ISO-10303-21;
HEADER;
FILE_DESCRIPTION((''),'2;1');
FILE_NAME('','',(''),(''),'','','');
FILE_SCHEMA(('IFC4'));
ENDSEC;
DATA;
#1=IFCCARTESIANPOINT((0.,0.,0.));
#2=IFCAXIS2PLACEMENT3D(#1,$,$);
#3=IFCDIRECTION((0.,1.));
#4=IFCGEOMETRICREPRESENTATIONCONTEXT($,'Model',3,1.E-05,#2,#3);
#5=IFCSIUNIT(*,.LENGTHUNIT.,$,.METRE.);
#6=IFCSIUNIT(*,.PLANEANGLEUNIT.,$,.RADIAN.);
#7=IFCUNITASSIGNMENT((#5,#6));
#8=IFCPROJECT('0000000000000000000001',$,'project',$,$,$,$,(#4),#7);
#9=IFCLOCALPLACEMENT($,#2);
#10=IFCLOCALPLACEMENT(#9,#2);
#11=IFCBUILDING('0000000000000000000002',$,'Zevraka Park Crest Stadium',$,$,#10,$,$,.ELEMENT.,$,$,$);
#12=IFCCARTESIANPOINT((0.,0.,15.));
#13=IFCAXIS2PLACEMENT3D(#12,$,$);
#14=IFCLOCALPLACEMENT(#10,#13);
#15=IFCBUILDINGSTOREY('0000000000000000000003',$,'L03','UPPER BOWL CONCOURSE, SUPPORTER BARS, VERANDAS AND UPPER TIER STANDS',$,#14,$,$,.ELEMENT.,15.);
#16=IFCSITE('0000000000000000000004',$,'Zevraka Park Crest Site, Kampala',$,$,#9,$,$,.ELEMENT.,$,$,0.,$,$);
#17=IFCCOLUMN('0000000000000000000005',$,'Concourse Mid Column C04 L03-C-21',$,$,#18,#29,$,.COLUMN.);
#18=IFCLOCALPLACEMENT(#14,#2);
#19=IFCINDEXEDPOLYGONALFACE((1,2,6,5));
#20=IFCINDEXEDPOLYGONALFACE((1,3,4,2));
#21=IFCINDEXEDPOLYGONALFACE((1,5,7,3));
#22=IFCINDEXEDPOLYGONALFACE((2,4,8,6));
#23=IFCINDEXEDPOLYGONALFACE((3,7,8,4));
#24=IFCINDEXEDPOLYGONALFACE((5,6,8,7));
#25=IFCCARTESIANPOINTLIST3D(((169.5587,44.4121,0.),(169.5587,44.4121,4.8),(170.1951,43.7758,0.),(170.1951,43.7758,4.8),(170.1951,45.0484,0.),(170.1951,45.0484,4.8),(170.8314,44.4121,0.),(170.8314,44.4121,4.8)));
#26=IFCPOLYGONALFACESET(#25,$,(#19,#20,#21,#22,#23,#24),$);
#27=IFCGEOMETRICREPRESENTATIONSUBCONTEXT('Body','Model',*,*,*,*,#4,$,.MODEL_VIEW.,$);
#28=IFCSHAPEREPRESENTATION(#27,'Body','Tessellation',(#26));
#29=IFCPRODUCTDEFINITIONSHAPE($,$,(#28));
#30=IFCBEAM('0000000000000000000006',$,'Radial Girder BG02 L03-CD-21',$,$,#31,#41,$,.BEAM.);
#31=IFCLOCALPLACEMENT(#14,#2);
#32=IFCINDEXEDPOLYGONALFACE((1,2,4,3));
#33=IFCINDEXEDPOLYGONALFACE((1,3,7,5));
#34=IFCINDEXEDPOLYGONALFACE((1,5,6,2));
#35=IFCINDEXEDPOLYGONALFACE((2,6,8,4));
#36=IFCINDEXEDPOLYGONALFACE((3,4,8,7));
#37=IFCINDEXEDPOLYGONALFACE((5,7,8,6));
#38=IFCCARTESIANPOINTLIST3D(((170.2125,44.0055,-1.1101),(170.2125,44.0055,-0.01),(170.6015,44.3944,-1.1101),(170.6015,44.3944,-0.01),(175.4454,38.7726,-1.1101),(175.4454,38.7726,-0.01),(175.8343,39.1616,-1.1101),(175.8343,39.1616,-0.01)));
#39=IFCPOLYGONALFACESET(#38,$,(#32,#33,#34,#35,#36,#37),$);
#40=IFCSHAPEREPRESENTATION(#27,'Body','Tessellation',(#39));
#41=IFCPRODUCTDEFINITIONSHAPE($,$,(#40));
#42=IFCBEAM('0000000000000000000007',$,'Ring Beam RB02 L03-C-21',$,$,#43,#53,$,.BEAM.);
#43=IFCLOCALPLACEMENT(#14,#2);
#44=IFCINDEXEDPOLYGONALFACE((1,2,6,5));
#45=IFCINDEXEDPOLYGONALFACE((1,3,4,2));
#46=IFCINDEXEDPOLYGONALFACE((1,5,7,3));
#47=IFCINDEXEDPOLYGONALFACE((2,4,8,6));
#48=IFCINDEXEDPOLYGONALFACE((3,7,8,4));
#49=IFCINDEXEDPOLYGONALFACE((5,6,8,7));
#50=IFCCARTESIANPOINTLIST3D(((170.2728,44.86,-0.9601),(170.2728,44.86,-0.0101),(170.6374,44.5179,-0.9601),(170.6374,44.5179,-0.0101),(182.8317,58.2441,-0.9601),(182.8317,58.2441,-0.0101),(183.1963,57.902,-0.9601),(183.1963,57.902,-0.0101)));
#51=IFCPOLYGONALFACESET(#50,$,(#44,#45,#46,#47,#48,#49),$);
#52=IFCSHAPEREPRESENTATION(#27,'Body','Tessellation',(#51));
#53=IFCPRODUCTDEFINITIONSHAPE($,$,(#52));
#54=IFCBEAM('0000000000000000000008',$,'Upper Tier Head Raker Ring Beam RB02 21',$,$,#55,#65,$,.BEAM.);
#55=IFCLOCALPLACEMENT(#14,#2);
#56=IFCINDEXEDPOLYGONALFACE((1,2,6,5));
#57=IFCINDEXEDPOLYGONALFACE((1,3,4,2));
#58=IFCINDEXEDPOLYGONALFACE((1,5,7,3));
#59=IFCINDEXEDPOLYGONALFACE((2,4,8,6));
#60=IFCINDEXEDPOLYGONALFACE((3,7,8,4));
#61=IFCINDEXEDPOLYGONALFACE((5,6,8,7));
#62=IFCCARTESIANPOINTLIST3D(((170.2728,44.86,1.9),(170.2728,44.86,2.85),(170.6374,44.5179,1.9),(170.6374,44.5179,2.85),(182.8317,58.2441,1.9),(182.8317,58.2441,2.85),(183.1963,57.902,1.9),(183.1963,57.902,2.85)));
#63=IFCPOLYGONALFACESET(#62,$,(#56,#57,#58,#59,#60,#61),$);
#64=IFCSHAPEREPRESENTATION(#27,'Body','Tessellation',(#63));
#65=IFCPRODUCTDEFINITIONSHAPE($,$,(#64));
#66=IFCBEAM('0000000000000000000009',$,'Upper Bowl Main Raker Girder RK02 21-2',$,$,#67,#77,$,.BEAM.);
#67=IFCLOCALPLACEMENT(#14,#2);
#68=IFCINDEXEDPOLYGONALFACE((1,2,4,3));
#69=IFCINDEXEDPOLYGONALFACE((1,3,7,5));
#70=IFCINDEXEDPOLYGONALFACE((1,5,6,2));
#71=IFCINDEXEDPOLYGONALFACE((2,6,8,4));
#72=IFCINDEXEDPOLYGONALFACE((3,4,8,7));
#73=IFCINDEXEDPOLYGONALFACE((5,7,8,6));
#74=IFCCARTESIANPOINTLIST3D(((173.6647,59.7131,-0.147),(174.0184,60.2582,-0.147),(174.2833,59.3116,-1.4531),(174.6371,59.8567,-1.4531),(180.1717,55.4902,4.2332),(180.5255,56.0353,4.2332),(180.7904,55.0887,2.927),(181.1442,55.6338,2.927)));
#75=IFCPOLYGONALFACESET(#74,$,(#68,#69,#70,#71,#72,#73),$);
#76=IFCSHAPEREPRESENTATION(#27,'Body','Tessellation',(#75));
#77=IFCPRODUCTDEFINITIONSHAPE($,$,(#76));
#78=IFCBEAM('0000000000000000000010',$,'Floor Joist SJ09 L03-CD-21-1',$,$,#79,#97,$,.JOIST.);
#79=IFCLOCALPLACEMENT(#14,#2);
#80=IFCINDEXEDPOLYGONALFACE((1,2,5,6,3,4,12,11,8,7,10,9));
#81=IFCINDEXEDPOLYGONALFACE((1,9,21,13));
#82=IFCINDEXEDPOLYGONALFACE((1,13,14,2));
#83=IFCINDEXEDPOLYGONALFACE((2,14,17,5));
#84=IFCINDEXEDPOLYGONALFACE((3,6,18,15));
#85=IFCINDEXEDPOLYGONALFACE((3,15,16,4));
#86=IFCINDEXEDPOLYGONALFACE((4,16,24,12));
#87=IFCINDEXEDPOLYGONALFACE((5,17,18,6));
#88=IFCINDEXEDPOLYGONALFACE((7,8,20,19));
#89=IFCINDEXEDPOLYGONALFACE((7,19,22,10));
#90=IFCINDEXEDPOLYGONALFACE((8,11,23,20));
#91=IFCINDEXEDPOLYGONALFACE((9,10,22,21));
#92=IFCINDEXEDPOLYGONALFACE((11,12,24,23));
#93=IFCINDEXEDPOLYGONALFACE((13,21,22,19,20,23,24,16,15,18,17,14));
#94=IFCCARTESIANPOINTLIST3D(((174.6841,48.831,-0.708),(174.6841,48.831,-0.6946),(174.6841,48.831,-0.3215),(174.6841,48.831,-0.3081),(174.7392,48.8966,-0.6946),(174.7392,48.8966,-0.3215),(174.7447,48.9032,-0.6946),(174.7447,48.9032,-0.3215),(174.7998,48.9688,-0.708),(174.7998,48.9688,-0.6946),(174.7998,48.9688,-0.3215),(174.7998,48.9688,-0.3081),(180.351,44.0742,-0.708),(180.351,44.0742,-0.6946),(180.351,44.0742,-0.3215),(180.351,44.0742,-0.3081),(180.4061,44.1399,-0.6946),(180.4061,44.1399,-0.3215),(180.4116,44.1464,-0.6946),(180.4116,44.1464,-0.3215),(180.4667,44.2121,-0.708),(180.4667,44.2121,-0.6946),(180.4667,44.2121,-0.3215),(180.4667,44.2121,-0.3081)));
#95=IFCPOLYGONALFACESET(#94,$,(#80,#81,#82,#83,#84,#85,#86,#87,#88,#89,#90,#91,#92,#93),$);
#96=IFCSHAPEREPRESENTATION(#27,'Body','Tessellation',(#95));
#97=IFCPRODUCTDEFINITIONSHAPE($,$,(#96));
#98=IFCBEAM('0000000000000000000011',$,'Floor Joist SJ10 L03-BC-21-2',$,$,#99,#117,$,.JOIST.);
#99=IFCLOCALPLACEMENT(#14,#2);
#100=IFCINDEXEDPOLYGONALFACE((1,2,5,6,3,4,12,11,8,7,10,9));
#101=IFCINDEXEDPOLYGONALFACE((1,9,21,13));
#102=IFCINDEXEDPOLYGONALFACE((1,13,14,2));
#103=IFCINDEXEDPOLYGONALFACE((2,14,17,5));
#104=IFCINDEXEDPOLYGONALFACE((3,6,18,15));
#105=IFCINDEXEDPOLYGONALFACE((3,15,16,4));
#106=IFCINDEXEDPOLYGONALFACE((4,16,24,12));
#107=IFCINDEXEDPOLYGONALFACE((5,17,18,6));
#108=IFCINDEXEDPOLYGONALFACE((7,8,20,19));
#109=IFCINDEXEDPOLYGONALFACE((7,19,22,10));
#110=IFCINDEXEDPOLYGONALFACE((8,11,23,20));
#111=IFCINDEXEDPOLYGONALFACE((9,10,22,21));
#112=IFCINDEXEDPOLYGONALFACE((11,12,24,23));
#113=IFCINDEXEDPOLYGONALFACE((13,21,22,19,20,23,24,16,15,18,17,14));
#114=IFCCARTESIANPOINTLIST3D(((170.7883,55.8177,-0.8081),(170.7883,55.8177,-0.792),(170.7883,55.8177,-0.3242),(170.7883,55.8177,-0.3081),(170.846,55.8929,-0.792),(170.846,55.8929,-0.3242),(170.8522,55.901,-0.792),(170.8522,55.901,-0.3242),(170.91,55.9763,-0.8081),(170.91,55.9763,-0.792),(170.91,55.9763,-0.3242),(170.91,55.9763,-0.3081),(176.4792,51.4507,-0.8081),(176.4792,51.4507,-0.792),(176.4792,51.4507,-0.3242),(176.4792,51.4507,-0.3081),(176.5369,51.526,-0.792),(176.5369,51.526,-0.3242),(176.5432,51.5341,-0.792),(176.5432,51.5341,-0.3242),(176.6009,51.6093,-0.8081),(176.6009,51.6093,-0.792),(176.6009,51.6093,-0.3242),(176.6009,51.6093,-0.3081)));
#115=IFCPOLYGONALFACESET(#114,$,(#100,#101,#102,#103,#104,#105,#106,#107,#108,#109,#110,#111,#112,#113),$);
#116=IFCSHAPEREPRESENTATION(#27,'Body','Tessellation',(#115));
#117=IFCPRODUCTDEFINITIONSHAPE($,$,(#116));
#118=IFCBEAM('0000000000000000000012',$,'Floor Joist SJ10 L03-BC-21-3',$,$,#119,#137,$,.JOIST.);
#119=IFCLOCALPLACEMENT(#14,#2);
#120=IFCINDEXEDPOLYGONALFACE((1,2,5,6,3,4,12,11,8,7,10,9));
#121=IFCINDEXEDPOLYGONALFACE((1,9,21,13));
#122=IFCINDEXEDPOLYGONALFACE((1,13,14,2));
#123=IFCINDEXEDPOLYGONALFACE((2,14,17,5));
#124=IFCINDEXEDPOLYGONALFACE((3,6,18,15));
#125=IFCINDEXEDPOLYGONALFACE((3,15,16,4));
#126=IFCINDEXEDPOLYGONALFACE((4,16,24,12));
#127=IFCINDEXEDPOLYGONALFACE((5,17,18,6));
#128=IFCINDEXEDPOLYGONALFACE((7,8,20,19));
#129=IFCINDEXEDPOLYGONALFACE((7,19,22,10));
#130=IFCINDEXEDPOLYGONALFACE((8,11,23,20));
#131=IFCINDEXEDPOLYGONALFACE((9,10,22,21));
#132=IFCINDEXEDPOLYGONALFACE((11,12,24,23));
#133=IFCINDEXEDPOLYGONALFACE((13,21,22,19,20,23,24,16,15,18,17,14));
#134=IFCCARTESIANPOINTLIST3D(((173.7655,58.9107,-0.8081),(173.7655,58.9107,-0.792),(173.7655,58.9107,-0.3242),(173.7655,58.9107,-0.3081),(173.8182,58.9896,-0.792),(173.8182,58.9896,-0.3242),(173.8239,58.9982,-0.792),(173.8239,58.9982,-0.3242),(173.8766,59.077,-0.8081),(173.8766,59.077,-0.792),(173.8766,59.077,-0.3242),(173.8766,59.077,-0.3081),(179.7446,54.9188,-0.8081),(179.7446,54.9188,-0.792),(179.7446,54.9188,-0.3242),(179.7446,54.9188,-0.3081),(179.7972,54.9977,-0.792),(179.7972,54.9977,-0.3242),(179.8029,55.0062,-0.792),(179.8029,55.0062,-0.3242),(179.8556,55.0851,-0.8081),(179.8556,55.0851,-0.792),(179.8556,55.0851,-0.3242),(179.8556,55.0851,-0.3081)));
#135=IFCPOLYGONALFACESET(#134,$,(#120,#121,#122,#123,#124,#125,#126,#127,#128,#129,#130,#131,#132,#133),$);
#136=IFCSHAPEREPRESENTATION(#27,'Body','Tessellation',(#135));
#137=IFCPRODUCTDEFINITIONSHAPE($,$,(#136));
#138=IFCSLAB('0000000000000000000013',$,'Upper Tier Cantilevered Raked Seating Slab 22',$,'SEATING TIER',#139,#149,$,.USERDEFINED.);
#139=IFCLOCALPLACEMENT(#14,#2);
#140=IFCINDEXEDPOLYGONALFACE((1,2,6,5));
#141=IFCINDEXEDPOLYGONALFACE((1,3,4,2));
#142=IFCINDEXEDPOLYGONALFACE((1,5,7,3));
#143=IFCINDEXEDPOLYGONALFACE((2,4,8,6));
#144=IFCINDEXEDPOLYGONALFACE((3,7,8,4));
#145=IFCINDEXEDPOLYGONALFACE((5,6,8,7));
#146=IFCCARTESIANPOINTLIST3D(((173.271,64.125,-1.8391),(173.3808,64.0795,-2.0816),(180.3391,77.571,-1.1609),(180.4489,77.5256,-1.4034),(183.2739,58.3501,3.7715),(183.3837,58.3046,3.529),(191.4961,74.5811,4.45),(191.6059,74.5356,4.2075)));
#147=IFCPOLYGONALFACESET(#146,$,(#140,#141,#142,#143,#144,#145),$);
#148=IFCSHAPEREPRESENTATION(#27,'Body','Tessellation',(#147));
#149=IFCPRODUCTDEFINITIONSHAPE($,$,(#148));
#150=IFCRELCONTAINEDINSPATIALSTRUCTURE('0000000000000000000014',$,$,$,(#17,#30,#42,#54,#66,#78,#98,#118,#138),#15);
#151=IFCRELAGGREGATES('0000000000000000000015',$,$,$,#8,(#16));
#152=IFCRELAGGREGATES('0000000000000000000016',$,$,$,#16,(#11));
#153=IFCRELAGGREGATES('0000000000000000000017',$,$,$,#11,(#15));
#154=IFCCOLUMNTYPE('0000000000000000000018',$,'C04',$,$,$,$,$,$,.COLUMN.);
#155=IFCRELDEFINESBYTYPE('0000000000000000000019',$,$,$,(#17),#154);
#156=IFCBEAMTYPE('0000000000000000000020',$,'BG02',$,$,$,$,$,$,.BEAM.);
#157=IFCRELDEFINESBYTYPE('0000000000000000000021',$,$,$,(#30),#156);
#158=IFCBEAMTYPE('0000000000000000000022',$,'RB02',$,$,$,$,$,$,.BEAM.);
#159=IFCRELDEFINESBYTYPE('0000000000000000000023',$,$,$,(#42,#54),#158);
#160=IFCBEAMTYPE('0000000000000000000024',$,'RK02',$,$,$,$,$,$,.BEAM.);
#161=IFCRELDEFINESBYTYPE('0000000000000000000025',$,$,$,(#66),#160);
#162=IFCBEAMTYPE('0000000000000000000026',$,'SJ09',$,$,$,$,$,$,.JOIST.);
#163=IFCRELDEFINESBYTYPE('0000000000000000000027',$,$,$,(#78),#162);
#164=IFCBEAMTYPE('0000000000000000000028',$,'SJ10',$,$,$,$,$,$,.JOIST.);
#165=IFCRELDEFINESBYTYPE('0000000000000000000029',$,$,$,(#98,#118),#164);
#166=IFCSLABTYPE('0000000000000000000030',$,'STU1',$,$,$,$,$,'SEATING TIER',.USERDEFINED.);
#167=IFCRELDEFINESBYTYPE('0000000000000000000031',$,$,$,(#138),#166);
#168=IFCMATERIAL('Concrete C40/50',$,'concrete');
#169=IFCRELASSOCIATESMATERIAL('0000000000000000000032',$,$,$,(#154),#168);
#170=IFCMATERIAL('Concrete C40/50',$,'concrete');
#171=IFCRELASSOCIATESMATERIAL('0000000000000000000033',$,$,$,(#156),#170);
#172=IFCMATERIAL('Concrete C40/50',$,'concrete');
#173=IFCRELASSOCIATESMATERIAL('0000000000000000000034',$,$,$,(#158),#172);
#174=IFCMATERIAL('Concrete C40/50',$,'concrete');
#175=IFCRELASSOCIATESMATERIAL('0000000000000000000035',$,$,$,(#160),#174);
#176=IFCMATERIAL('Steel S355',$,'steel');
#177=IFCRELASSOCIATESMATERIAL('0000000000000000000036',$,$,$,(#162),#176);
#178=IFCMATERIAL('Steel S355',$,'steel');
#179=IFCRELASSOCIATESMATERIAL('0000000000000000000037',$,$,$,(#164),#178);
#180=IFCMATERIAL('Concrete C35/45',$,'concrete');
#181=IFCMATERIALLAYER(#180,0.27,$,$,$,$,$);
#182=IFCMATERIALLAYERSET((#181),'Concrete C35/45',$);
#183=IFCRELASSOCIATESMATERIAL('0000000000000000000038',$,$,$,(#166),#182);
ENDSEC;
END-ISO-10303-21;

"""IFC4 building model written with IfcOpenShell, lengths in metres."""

from ifc_helpers import new_model, si_unit, direction, frame, origin, origin_2d, place, context, subcontext, project, spatial, polyline, rectangle, i_section, outline, extrude, material, layer, layer_set, material_profile, profile_set, type_object, element, save


model = new_model("IFC4")

# Units and contexts
model_context = context("Model", 3, precision=1e-05, world=origin(), true_north=direction((0.0, 1.0)))
body_context = subcontext(model_context, "Body", "Model", "MODEL_VIEW")
ifc_project = project(units=[si_unit("LENGTHUNIT", "METRE"), si_unit("PLANEANGLEUNIT", "RADIAN")], contexts=[model_context])

# Site, building, storey
site_placement = place(None, origin())
site = spatial("IfcSite", under=ifc_project, at=site_placement, Name="Zevraka Park Crest Site, Kampala", CompositionType="ELEMENT", RefElevation=0.0)
building_placement = place(site_placement, origin())
building = spatial("IfcBuilding", under=site, at=building_placement, Name="Zevraka Park Crest Stadium", CompositionType="ELEMENT")
storey_placement = place(building_placement, frame((0.0, 0.0, 15.0)))
storey = spatial("IfcBuildingStorey", under=building, at=storey_placement, Name="L03", Description="UPPER BOWL CONCOURSE, SUPPORTER BARS, VERANDAS AND UPPER TIER STANDS", CompositionType="ELEMENT", Elevation=15.0)

# Column
ifc_material_1 = material(Name="Concrete C40/50", Category="concrete")
ifc_material_profile_1 = material_profile(ifc_material_1, rectangle(XDim=0.8999, YDim=0.8999, at=origin_2d()), Name="RC 900x900")
ifc_profile_set_1 = profile_set([ifc_material_profile_1], Name="Concrete C40/50")
column_type = type_object("IfcColumnType", Name="C04", PredefinedType="COLUMN", material=ifc_profile_set_1)
column_placement = place(storey_placement, frame((170.1951, 44.4121, 0.0), z_axis=(0.0, 0.0, 1.0), x_axis=(-0.707107, 0.707107, 0.0)))
element("IfcColumn", 1, at=column_placement, inside=storey, type_object=column_type, Name="Concourse Mid Column C04 L03-C-21", PredefinedType="COLUMN", context=body_context, shape_type="SweptSolid", body=[
    extrude(rectangle(XDim=0.8999, YDim=0.8999, at=origin_2d()), origin(), (0.0, 0.0, 1.0), 4.8),
])

# Beams
ifc_material_2 = material(Name="Concrete C40/50", Category="concrete")
ifc_material_profile_2 = material_profile(ifc_material_2, rectangle(XDim=0.55, YDim=1.1001, at=origin_2d()), Name="RC 1100x550")
ifc_profile_set_2 = profile_set([ifc_material_profile_2], Name="Concrete C40/50")
beam_type_1 = type_object("IfcBeamType", Name="BG02", PredefinedType="BEAM", material=ifc_profile_set_2)
beam_1_placement = place(storey_placement, frame((170.407, 44.2, -0.5601), z_axis=(0.707107, -0.707107, 0.0), x_axis=(0.707107, 0.707107, 0.0)))
element("IfcBeam", 2, at=beam_1_placement, inside=storey, type_object=beam_type_1, Name="Radial Girder BG02 L03-CD-21", PredefinedType="BEAM", context=body_context, shape_type="SweptSolid", body=[
    extrude(rectangle(XDim=0.55, YDim=1.1001, at=origin_2d()), origin(), (0.0, 0.0, 1.0), 7.4004),
])
ifc_material_3 = material(Name="Concrete C40/50", Category="concrete")
ifc_material_profile_3 = material_profile(ifc_material_3, rectangle(XDim=0.5, YDim=0.95, at=origin_2d()), Name="RC 950x500")
ifc_profile_set_3 = profile_set([ifc_material_profile_3], Name="Concrete C40/50")
beam_type_2 = type_object("IfcBeamType", Name="RB02", PredefinedType="BEAM", material=ifc_profile_set_3)
for number, where, z_axis, x_axis, name in (
    (3, (170.4551, 44.689, -0.4851), (0.684269, 0.72923, 0.0), (-0.72923, 0.684269, 0.0), "Ring Beam RB02 L03-C-21"),
    (4, (170.4551, 44.689, 2.375), (0.684269, 0.72923, 0.0), (-0.72923, 0.684269, 0.0), "Upper Tier Head Raker Ring Beam RB02 21"),
):
    element("IfcBeam", number, at=place(storey_placement, frame(where, z_axis=z_axis, x_axis=x_axis)), inside=storey, type_object=beam_type_2, Name=name, PredefinedType="BEAM", context=body_context, shape_type="SweptSolid", body=[
        extrude(rectangle(XDim=0.5, YDim=0.95, at=origin_2d()), origin(), (0.0, 0.0, 1.0), 18.3538),
    ])
ifc_material_4 = material(Name="Concrete C40/50", Category="concrete")
ifc_material_profile_4 = material_profile(ifc_material_4, rectangle(XDim=0.6499, YDim=1.5, at=origin_2d()), Name="RC 1500x650")
ifc_profile_set_4 = profile_set([ifc_material_profile_4], Name="Concrete C40/50")
beam_type_3 = type_object("IfcBeamType", Name="RK02", PredefinedType="BEAM", material=ifc_profile_set_4)
beam_2_placement = place(storey_placement, frame((174.1509, 59.7849, -0.8), z_axis=(0.730439, -0.474033, 0.491682), x_axis=(0.544381, 0.838838, 0.0)))
element("IfcBeam", 5, at=beam_2_placement, inside=storey, type_object=beam_type_3, Name="Upper Bowl Main Raker Girder RK02 21-2", PredefinedType="BEAM", context=body_context, shape_type="SweptSolid", body=[
    extrude(rectangle(XDim=0.6499, YDim=1.5, at=origin_2d()), origin(), (0.0, 0.0, 1.0), 8.9084),
])
ifc_material_5 = material(Name="Steel S355", Category="steel")
ifc_material_profile_5 = material_profile(ifc_material_5, i_section(OverallWidth=0.1799, OverallDepth=0.3999, WebThickness=0.0085, FlangeThickness=0.0134, at=origin_2d()), Name="IPE 400")
ifc_profile_set_5 = profile_set([ifc_material_profile_5], Name="Steel S355")
beam_type_4 = type_object("IfcBeamType", Name="SJ09", PredefinedType="JOIST", material=ifc_profile_set_5)
beam_3_placement = place(storey_placement, frame((174.7419, 48.8999, -0.5081), z_axis=(0.765934, -0.64292, 0.0), x_axis=(0.64292, 0.765934, 0.0)))
element("IfcBeam", 6, at=beam_3_placement, inside=storey, type_object=beam_type_4, Name="Floor Joist SJ09 L03-CD-21-1", PredefinedType="JOIST", context=body_context, shape_type="SweptSolid", body=[
    extrude(i_section(OverallWidth=0.1799, OverallDepth=0.3999, WebThickness=0.0085, FlangeThickness=0.0134, at=origin_2d()), origin(), (0.0, 0.0, 1.0), 7.3987),
])
ifc_material_6 = material(Name="Steel S355", Category="steel")
ifc_material_profile_6 = material_profile(ifc_material_6, i_section(OverallWidth=0.2, OverallDepth=0.5, WebThickness=0.0103, FlangeThickness=0.0161, at=origin_2d()), Name="IPE 500")
ifc_profile_set_6 = profile_set([ifc_material_profile_6], Name="Steel S355")
beam_type_5 = type_object("IfcBeamType", Name="SJ10", PredefinedType="JOIST", material=ifc_profile_set_6)
beam_4_placement = place(storey_placement, frame((170.8491, 55.897, -0.5581), z_axis=(0.793343, -0.608774, 0.0), x_axis=(0.608774, 0.793343, 0.0)))
element("IfcBeam", 7, at=beam_4_placement, inside=storey, type_object=beam_type_5, Name="Floor Joist SJ10 L03-BC-21-2", PredefinedType="JOIST", context=body_context, shape_type="SweptSolid", body=[
    extrude(i_section(OverallWidth=0.2, OverallDepth=0.5, WebThickness=0.0103, FlangeThickness=0.0161, at=origin_2d()), origin(), (0.0, 0.0, 1.0), 7.1733),
])
beam_5_placement = place(storey_placement, frame((173.821, 58.9939, -0.5581), z_axis=(0.831669, -0.555272, 0.0), x_axis=(0.555272, 0.831669, 0.0)))
element("IfcBeam", 8, at=beam_5_placement, inside=storey, type_object=beam_type_5, Name="Floor Joist SJ10 L03-BC-21-3", PredefinedType="JOIST", context=body_context, shape_type="SweptSolid", body=[
    extrude(i_section(OverallWidth=0.2, OverallDepth=0.5, WebThickness=0.0103, FlangeThickness=0.0161, at=origin_2d()), origin(), (0.0, 0.0, 1.0), 7.1892),
])

# Slab
ifc_material_7 = material(Name="Concrete C35/45", Category="concrete")
ifc_layer_1 = layer(ifc_material_7, 0.27)
ifc_layer_set_1 = layer_set([ifc_layer_1], Name="Concrete C35/45")
slab_type = type_object("IfcSlabType", Name="STU1", ElementType="SEATING TIER", PredefinedType="USERDEFINED", material=ifc_layer_set_1)
slab_placement = place(storey_placement, frame((173.271, 64.125, -1.8391), z_axis=(-0.406483, 0.168377, 0.898009), x_axis=(0.464832, 0.884275, 0.044604)))
element("IfcSlab", 9, at=slab_placement, inside=storey, type_object=slab_type, Name="Upper Tier Cantilevered Raked Seating Slab 22", ObjectType="SEATING TIER", PredefinedType="USERDEFINED", context=body_context, shape_type="SweptSolid", body=[
    extrude(outline(polyline([(0.0, 0.0), (15.2057, 0.0), (17.9981, -12.534), (-0.2067, -12.8392), (0.0, 0.0)])), origin(), (0.0, 0.0, -1.0), 0.27),
])

save(model, "model.ifc")
